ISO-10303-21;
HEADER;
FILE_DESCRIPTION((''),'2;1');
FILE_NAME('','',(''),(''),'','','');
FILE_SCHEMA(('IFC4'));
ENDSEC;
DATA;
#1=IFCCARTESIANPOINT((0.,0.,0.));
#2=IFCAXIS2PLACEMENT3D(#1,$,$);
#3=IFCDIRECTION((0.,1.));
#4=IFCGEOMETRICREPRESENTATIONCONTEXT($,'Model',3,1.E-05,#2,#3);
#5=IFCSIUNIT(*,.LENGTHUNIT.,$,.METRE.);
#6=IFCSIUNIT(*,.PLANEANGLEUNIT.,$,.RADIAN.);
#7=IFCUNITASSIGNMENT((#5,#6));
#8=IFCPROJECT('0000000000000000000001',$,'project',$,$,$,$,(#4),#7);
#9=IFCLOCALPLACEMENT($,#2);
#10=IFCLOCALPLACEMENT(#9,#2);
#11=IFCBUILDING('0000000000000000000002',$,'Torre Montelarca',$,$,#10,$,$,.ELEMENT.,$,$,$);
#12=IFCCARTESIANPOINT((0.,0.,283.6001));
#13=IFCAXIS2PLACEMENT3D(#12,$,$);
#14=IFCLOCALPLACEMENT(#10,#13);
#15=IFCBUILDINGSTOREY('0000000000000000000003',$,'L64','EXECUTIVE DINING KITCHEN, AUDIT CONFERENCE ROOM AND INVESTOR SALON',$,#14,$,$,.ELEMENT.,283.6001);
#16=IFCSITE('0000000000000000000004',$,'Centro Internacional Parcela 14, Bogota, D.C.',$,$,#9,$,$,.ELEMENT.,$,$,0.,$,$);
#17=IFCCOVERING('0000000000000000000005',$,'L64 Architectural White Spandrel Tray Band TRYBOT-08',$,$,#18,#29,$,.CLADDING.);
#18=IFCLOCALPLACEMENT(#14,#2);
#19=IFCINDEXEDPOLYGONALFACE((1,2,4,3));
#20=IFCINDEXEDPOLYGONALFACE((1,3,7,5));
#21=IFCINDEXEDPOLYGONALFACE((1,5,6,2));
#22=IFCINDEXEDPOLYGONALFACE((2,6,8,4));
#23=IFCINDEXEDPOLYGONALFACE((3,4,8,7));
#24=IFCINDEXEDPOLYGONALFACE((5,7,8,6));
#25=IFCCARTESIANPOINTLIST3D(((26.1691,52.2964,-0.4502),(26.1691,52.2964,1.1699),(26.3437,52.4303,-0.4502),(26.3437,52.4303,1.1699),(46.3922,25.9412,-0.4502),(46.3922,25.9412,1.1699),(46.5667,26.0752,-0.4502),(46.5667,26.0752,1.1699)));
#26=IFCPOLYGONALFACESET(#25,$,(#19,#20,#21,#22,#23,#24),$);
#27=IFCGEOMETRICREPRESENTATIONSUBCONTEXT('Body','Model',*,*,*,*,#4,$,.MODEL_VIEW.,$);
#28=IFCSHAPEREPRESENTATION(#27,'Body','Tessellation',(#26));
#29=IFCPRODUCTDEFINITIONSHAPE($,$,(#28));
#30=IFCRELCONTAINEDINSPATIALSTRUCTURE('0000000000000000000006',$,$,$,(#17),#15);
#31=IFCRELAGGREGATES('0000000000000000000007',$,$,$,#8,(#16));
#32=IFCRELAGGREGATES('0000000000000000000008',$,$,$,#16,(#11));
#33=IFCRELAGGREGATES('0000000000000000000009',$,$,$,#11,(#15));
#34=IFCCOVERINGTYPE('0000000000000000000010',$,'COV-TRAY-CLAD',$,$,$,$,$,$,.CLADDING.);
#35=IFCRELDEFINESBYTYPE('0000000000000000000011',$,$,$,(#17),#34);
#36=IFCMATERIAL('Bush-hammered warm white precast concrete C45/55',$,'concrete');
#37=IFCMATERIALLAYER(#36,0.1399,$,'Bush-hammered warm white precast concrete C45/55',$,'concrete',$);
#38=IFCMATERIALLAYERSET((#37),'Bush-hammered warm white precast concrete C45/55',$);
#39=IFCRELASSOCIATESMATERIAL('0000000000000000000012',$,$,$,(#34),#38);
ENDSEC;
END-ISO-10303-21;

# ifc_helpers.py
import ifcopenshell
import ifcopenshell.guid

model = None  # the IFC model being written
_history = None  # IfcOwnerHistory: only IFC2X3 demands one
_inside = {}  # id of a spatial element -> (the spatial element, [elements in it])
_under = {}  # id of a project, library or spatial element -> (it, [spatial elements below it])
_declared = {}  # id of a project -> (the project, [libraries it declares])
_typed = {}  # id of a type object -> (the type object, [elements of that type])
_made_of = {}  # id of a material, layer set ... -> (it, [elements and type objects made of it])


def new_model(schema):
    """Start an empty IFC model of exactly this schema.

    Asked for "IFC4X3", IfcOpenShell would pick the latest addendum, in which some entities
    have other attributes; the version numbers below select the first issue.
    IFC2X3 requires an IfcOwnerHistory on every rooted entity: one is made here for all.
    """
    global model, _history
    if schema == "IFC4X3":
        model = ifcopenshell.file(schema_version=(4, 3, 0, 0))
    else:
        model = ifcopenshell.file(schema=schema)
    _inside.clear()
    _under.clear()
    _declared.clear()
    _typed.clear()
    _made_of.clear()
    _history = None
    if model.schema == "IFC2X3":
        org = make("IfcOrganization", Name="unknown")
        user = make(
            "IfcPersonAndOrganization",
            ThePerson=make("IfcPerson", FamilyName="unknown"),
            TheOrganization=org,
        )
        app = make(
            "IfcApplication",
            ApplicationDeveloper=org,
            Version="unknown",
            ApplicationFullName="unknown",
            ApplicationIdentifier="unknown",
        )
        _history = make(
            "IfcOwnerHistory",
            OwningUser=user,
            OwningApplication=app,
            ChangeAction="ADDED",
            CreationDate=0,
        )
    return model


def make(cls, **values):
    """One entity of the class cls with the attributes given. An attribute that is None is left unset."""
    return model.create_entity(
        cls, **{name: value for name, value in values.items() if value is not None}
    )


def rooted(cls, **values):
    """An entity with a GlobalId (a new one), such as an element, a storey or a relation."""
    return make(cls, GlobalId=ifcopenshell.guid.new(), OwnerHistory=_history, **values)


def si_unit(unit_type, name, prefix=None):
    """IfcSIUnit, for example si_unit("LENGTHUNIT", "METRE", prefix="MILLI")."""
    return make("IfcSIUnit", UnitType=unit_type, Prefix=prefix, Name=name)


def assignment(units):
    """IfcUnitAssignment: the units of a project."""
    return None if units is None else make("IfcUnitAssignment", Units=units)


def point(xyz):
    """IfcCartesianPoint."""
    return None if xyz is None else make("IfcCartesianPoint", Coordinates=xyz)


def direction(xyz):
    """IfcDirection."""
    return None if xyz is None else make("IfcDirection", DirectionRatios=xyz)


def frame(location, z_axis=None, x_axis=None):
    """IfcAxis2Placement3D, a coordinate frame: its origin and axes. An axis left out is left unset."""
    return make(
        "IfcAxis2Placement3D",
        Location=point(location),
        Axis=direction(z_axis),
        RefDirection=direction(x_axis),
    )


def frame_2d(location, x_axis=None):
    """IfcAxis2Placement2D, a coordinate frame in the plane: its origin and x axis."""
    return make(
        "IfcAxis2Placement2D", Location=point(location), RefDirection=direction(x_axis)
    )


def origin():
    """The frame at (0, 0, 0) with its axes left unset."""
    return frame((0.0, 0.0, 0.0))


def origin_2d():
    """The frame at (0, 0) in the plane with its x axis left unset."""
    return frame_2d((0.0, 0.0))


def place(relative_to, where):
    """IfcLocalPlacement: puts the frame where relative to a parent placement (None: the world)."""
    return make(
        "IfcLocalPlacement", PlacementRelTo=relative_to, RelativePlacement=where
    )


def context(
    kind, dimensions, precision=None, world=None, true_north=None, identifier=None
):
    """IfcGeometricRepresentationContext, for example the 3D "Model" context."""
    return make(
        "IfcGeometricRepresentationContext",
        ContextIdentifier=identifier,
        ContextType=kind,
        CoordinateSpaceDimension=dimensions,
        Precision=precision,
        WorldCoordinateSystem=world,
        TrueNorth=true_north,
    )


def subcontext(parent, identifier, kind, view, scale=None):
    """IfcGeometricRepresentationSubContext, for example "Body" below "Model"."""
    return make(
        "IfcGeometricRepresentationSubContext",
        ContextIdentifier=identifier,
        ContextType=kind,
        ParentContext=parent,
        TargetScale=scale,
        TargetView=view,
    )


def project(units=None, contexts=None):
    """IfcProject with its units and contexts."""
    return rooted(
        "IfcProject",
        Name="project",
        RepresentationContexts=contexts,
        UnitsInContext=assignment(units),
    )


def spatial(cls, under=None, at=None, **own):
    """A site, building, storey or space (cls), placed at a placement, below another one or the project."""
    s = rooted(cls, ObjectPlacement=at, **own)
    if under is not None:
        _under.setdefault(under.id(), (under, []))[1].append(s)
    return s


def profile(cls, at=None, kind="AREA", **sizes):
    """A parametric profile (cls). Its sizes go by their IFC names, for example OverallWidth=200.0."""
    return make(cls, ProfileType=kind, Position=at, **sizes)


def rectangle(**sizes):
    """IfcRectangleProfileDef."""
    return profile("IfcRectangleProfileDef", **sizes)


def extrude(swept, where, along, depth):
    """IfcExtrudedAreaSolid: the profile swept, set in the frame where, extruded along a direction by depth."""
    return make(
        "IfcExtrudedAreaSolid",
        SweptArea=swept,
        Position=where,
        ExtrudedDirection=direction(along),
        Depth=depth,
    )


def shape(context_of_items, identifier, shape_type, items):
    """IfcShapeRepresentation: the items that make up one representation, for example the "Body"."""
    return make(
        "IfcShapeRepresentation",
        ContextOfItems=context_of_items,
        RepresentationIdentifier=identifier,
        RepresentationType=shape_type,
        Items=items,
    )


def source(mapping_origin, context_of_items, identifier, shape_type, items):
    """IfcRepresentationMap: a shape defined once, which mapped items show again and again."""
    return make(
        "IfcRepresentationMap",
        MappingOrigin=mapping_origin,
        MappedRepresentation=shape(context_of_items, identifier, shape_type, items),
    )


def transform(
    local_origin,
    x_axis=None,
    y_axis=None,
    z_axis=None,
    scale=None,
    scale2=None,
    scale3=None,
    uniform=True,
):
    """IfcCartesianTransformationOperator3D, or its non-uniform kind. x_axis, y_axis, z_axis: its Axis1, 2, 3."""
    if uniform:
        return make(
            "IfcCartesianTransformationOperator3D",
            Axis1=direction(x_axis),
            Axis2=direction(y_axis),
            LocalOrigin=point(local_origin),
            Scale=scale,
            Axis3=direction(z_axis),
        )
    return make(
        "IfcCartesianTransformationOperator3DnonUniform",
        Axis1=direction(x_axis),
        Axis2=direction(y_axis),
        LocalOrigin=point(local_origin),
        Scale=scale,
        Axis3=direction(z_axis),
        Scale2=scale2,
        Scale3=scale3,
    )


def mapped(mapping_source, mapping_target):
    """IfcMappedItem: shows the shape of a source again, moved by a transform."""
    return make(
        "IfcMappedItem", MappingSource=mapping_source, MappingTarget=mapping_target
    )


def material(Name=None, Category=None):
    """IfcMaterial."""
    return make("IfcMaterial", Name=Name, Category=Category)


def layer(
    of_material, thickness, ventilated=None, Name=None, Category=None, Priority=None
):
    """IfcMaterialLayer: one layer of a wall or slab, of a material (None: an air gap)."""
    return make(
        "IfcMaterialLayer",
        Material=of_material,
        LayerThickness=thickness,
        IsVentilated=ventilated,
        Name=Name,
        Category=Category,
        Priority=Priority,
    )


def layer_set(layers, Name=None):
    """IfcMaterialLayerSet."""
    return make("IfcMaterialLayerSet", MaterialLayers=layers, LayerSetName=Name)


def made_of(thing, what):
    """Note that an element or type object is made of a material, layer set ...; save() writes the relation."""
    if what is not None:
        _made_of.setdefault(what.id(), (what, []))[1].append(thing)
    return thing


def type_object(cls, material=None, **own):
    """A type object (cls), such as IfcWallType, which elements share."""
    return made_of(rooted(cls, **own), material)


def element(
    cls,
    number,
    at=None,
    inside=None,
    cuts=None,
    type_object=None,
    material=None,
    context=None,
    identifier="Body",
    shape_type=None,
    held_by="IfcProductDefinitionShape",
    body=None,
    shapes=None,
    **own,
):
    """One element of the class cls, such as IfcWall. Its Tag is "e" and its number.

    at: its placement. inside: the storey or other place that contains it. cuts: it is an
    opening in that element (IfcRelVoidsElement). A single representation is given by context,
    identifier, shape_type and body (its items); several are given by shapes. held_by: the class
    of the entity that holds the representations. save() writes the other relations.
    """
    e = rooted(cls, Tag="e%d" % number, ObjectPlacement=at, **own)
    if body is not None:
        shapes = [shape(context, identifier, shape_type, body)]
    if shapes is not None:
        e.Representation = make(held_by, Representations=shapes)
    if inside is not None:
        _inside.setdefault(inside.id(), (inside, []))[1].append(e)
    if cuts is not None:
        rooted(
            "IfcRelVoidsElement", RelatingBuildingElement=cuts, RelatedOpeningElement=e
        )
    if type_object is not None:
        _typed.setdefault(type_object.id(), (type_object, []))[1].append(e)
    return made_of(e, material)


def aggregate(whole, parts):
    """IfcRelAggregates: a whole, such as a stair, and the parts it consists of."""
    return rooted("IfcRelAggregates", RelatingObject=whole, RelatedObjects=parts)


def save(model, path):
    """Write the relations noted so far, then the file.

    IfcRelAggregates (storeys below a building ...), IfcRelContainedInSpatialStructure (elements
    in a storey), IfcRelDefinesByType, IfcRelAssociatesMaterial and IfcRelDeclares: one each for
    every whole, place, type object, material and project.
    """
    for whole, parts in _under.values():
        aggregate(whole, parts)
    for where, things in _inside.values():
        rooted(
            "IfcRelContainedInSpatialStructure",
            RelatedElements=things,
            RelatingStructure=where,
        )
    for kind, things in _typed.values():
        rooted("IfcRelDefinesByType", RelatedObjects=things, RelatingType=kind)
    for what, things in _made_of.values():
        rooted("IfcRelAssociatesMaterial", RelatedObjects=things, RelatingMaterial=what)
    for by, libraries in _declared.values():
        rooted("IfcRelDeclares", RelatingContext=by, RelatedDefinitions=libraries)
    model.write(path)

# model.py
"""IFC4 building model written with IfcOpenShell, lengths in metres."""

from ifc_helpers import new_model, si_unit, direction, frame, origin, origin_2d, place, context, subcontext, project, spatial, rectangle, extrude, source, transform, mapped, material, layer, layer_set, type_object, element, save


model = new_model("IFC4")

# Units and contexts
model_context = context("Model", 3, precision=1e-05, world=origin(), true_north=direction((0.0, 1.0)))
body_context = subcontext(model_context, "Body", "Model", "MODEL_VIEW")
ifc_project = project(units=[si_unit("LENGTHUNIT", "METRE"), si_unit("PLANEANGLEUNIT", "RADIAN")], contexts=[model_context])

# Site, building, storey
site_placement = place(None, origin())
site = spatial("IfcSite", under=ifc_project, at=site_placement, Name="Centro Internacional Parcela 14, Bogota, D.C.", CompositionType="ELEMENT", RefElevation=0.0)
building_placement = place(site_placement, origin())
building = spatial("IfcBuilding", under=site, at=building_placement, Name="Torre Montelarca", CompositionType="ELEMENT")
storey_placement = place(building_placement, frame((0.0, 0.0, 283.6001)))
storey = spatial("IfcBuildingStorey", under=building, at=storey_placement, Name="L64", Description="EXECUTIVE DINING KITCHEN, AUDIT CONFERENCE ROOM AND INVESTOR SALON", CompositionType="ELEMENT", Elevation=283.6001)

# Covering
ifc_material_1 = material(Name="Bush-hammered warm white precast concrete C45/55", Category="concrete")
ifc_layer_1 = layer(ifc_material_1, 0.1399, Name="Bush-hammered warm white precast concrete C45/55", Category="concrete")
ifc_layer_set_1 = layer_set([ifc_layer_1], Name="Bush-hammered warm white precast concrete C45/55")
covering_type = type_object("IfcCoveringType", Name="COV-TRAY-CLAD", PredefinedType="CLADDING", material=ifc_layer_set_1)
shared_shape_1 = source(origin(), body_context, "Body", "SweptSolid", [
    extrude(rectangle(XDim=33.22, YDim=0.22, at=origin_2d()), origin(), (0.0, 0.0, 1.0), 1.6201),
])
covering_1_placement = place(storey_placement, frame((36.3679, 39.1858, -0.4502), z_axis=(0.0, 0.0, 1.0), x_axis=(-0.608761, 0.793353, 0.0)))
element("IfcCovering", 1, at=covering_1_placement, inside=storey, type_object=covering_type, Name="L64 Architectural White Spandrel Tray Band TRYBOT-08", PredefinedType="CLADDING", context=body_context, shape_type="MappedRepresentation", body=[
    mapped(shared_shape_1, transform((0.0, 0.0, 0.0), scale=1.0)),
])

save(model, "model.ifc")
